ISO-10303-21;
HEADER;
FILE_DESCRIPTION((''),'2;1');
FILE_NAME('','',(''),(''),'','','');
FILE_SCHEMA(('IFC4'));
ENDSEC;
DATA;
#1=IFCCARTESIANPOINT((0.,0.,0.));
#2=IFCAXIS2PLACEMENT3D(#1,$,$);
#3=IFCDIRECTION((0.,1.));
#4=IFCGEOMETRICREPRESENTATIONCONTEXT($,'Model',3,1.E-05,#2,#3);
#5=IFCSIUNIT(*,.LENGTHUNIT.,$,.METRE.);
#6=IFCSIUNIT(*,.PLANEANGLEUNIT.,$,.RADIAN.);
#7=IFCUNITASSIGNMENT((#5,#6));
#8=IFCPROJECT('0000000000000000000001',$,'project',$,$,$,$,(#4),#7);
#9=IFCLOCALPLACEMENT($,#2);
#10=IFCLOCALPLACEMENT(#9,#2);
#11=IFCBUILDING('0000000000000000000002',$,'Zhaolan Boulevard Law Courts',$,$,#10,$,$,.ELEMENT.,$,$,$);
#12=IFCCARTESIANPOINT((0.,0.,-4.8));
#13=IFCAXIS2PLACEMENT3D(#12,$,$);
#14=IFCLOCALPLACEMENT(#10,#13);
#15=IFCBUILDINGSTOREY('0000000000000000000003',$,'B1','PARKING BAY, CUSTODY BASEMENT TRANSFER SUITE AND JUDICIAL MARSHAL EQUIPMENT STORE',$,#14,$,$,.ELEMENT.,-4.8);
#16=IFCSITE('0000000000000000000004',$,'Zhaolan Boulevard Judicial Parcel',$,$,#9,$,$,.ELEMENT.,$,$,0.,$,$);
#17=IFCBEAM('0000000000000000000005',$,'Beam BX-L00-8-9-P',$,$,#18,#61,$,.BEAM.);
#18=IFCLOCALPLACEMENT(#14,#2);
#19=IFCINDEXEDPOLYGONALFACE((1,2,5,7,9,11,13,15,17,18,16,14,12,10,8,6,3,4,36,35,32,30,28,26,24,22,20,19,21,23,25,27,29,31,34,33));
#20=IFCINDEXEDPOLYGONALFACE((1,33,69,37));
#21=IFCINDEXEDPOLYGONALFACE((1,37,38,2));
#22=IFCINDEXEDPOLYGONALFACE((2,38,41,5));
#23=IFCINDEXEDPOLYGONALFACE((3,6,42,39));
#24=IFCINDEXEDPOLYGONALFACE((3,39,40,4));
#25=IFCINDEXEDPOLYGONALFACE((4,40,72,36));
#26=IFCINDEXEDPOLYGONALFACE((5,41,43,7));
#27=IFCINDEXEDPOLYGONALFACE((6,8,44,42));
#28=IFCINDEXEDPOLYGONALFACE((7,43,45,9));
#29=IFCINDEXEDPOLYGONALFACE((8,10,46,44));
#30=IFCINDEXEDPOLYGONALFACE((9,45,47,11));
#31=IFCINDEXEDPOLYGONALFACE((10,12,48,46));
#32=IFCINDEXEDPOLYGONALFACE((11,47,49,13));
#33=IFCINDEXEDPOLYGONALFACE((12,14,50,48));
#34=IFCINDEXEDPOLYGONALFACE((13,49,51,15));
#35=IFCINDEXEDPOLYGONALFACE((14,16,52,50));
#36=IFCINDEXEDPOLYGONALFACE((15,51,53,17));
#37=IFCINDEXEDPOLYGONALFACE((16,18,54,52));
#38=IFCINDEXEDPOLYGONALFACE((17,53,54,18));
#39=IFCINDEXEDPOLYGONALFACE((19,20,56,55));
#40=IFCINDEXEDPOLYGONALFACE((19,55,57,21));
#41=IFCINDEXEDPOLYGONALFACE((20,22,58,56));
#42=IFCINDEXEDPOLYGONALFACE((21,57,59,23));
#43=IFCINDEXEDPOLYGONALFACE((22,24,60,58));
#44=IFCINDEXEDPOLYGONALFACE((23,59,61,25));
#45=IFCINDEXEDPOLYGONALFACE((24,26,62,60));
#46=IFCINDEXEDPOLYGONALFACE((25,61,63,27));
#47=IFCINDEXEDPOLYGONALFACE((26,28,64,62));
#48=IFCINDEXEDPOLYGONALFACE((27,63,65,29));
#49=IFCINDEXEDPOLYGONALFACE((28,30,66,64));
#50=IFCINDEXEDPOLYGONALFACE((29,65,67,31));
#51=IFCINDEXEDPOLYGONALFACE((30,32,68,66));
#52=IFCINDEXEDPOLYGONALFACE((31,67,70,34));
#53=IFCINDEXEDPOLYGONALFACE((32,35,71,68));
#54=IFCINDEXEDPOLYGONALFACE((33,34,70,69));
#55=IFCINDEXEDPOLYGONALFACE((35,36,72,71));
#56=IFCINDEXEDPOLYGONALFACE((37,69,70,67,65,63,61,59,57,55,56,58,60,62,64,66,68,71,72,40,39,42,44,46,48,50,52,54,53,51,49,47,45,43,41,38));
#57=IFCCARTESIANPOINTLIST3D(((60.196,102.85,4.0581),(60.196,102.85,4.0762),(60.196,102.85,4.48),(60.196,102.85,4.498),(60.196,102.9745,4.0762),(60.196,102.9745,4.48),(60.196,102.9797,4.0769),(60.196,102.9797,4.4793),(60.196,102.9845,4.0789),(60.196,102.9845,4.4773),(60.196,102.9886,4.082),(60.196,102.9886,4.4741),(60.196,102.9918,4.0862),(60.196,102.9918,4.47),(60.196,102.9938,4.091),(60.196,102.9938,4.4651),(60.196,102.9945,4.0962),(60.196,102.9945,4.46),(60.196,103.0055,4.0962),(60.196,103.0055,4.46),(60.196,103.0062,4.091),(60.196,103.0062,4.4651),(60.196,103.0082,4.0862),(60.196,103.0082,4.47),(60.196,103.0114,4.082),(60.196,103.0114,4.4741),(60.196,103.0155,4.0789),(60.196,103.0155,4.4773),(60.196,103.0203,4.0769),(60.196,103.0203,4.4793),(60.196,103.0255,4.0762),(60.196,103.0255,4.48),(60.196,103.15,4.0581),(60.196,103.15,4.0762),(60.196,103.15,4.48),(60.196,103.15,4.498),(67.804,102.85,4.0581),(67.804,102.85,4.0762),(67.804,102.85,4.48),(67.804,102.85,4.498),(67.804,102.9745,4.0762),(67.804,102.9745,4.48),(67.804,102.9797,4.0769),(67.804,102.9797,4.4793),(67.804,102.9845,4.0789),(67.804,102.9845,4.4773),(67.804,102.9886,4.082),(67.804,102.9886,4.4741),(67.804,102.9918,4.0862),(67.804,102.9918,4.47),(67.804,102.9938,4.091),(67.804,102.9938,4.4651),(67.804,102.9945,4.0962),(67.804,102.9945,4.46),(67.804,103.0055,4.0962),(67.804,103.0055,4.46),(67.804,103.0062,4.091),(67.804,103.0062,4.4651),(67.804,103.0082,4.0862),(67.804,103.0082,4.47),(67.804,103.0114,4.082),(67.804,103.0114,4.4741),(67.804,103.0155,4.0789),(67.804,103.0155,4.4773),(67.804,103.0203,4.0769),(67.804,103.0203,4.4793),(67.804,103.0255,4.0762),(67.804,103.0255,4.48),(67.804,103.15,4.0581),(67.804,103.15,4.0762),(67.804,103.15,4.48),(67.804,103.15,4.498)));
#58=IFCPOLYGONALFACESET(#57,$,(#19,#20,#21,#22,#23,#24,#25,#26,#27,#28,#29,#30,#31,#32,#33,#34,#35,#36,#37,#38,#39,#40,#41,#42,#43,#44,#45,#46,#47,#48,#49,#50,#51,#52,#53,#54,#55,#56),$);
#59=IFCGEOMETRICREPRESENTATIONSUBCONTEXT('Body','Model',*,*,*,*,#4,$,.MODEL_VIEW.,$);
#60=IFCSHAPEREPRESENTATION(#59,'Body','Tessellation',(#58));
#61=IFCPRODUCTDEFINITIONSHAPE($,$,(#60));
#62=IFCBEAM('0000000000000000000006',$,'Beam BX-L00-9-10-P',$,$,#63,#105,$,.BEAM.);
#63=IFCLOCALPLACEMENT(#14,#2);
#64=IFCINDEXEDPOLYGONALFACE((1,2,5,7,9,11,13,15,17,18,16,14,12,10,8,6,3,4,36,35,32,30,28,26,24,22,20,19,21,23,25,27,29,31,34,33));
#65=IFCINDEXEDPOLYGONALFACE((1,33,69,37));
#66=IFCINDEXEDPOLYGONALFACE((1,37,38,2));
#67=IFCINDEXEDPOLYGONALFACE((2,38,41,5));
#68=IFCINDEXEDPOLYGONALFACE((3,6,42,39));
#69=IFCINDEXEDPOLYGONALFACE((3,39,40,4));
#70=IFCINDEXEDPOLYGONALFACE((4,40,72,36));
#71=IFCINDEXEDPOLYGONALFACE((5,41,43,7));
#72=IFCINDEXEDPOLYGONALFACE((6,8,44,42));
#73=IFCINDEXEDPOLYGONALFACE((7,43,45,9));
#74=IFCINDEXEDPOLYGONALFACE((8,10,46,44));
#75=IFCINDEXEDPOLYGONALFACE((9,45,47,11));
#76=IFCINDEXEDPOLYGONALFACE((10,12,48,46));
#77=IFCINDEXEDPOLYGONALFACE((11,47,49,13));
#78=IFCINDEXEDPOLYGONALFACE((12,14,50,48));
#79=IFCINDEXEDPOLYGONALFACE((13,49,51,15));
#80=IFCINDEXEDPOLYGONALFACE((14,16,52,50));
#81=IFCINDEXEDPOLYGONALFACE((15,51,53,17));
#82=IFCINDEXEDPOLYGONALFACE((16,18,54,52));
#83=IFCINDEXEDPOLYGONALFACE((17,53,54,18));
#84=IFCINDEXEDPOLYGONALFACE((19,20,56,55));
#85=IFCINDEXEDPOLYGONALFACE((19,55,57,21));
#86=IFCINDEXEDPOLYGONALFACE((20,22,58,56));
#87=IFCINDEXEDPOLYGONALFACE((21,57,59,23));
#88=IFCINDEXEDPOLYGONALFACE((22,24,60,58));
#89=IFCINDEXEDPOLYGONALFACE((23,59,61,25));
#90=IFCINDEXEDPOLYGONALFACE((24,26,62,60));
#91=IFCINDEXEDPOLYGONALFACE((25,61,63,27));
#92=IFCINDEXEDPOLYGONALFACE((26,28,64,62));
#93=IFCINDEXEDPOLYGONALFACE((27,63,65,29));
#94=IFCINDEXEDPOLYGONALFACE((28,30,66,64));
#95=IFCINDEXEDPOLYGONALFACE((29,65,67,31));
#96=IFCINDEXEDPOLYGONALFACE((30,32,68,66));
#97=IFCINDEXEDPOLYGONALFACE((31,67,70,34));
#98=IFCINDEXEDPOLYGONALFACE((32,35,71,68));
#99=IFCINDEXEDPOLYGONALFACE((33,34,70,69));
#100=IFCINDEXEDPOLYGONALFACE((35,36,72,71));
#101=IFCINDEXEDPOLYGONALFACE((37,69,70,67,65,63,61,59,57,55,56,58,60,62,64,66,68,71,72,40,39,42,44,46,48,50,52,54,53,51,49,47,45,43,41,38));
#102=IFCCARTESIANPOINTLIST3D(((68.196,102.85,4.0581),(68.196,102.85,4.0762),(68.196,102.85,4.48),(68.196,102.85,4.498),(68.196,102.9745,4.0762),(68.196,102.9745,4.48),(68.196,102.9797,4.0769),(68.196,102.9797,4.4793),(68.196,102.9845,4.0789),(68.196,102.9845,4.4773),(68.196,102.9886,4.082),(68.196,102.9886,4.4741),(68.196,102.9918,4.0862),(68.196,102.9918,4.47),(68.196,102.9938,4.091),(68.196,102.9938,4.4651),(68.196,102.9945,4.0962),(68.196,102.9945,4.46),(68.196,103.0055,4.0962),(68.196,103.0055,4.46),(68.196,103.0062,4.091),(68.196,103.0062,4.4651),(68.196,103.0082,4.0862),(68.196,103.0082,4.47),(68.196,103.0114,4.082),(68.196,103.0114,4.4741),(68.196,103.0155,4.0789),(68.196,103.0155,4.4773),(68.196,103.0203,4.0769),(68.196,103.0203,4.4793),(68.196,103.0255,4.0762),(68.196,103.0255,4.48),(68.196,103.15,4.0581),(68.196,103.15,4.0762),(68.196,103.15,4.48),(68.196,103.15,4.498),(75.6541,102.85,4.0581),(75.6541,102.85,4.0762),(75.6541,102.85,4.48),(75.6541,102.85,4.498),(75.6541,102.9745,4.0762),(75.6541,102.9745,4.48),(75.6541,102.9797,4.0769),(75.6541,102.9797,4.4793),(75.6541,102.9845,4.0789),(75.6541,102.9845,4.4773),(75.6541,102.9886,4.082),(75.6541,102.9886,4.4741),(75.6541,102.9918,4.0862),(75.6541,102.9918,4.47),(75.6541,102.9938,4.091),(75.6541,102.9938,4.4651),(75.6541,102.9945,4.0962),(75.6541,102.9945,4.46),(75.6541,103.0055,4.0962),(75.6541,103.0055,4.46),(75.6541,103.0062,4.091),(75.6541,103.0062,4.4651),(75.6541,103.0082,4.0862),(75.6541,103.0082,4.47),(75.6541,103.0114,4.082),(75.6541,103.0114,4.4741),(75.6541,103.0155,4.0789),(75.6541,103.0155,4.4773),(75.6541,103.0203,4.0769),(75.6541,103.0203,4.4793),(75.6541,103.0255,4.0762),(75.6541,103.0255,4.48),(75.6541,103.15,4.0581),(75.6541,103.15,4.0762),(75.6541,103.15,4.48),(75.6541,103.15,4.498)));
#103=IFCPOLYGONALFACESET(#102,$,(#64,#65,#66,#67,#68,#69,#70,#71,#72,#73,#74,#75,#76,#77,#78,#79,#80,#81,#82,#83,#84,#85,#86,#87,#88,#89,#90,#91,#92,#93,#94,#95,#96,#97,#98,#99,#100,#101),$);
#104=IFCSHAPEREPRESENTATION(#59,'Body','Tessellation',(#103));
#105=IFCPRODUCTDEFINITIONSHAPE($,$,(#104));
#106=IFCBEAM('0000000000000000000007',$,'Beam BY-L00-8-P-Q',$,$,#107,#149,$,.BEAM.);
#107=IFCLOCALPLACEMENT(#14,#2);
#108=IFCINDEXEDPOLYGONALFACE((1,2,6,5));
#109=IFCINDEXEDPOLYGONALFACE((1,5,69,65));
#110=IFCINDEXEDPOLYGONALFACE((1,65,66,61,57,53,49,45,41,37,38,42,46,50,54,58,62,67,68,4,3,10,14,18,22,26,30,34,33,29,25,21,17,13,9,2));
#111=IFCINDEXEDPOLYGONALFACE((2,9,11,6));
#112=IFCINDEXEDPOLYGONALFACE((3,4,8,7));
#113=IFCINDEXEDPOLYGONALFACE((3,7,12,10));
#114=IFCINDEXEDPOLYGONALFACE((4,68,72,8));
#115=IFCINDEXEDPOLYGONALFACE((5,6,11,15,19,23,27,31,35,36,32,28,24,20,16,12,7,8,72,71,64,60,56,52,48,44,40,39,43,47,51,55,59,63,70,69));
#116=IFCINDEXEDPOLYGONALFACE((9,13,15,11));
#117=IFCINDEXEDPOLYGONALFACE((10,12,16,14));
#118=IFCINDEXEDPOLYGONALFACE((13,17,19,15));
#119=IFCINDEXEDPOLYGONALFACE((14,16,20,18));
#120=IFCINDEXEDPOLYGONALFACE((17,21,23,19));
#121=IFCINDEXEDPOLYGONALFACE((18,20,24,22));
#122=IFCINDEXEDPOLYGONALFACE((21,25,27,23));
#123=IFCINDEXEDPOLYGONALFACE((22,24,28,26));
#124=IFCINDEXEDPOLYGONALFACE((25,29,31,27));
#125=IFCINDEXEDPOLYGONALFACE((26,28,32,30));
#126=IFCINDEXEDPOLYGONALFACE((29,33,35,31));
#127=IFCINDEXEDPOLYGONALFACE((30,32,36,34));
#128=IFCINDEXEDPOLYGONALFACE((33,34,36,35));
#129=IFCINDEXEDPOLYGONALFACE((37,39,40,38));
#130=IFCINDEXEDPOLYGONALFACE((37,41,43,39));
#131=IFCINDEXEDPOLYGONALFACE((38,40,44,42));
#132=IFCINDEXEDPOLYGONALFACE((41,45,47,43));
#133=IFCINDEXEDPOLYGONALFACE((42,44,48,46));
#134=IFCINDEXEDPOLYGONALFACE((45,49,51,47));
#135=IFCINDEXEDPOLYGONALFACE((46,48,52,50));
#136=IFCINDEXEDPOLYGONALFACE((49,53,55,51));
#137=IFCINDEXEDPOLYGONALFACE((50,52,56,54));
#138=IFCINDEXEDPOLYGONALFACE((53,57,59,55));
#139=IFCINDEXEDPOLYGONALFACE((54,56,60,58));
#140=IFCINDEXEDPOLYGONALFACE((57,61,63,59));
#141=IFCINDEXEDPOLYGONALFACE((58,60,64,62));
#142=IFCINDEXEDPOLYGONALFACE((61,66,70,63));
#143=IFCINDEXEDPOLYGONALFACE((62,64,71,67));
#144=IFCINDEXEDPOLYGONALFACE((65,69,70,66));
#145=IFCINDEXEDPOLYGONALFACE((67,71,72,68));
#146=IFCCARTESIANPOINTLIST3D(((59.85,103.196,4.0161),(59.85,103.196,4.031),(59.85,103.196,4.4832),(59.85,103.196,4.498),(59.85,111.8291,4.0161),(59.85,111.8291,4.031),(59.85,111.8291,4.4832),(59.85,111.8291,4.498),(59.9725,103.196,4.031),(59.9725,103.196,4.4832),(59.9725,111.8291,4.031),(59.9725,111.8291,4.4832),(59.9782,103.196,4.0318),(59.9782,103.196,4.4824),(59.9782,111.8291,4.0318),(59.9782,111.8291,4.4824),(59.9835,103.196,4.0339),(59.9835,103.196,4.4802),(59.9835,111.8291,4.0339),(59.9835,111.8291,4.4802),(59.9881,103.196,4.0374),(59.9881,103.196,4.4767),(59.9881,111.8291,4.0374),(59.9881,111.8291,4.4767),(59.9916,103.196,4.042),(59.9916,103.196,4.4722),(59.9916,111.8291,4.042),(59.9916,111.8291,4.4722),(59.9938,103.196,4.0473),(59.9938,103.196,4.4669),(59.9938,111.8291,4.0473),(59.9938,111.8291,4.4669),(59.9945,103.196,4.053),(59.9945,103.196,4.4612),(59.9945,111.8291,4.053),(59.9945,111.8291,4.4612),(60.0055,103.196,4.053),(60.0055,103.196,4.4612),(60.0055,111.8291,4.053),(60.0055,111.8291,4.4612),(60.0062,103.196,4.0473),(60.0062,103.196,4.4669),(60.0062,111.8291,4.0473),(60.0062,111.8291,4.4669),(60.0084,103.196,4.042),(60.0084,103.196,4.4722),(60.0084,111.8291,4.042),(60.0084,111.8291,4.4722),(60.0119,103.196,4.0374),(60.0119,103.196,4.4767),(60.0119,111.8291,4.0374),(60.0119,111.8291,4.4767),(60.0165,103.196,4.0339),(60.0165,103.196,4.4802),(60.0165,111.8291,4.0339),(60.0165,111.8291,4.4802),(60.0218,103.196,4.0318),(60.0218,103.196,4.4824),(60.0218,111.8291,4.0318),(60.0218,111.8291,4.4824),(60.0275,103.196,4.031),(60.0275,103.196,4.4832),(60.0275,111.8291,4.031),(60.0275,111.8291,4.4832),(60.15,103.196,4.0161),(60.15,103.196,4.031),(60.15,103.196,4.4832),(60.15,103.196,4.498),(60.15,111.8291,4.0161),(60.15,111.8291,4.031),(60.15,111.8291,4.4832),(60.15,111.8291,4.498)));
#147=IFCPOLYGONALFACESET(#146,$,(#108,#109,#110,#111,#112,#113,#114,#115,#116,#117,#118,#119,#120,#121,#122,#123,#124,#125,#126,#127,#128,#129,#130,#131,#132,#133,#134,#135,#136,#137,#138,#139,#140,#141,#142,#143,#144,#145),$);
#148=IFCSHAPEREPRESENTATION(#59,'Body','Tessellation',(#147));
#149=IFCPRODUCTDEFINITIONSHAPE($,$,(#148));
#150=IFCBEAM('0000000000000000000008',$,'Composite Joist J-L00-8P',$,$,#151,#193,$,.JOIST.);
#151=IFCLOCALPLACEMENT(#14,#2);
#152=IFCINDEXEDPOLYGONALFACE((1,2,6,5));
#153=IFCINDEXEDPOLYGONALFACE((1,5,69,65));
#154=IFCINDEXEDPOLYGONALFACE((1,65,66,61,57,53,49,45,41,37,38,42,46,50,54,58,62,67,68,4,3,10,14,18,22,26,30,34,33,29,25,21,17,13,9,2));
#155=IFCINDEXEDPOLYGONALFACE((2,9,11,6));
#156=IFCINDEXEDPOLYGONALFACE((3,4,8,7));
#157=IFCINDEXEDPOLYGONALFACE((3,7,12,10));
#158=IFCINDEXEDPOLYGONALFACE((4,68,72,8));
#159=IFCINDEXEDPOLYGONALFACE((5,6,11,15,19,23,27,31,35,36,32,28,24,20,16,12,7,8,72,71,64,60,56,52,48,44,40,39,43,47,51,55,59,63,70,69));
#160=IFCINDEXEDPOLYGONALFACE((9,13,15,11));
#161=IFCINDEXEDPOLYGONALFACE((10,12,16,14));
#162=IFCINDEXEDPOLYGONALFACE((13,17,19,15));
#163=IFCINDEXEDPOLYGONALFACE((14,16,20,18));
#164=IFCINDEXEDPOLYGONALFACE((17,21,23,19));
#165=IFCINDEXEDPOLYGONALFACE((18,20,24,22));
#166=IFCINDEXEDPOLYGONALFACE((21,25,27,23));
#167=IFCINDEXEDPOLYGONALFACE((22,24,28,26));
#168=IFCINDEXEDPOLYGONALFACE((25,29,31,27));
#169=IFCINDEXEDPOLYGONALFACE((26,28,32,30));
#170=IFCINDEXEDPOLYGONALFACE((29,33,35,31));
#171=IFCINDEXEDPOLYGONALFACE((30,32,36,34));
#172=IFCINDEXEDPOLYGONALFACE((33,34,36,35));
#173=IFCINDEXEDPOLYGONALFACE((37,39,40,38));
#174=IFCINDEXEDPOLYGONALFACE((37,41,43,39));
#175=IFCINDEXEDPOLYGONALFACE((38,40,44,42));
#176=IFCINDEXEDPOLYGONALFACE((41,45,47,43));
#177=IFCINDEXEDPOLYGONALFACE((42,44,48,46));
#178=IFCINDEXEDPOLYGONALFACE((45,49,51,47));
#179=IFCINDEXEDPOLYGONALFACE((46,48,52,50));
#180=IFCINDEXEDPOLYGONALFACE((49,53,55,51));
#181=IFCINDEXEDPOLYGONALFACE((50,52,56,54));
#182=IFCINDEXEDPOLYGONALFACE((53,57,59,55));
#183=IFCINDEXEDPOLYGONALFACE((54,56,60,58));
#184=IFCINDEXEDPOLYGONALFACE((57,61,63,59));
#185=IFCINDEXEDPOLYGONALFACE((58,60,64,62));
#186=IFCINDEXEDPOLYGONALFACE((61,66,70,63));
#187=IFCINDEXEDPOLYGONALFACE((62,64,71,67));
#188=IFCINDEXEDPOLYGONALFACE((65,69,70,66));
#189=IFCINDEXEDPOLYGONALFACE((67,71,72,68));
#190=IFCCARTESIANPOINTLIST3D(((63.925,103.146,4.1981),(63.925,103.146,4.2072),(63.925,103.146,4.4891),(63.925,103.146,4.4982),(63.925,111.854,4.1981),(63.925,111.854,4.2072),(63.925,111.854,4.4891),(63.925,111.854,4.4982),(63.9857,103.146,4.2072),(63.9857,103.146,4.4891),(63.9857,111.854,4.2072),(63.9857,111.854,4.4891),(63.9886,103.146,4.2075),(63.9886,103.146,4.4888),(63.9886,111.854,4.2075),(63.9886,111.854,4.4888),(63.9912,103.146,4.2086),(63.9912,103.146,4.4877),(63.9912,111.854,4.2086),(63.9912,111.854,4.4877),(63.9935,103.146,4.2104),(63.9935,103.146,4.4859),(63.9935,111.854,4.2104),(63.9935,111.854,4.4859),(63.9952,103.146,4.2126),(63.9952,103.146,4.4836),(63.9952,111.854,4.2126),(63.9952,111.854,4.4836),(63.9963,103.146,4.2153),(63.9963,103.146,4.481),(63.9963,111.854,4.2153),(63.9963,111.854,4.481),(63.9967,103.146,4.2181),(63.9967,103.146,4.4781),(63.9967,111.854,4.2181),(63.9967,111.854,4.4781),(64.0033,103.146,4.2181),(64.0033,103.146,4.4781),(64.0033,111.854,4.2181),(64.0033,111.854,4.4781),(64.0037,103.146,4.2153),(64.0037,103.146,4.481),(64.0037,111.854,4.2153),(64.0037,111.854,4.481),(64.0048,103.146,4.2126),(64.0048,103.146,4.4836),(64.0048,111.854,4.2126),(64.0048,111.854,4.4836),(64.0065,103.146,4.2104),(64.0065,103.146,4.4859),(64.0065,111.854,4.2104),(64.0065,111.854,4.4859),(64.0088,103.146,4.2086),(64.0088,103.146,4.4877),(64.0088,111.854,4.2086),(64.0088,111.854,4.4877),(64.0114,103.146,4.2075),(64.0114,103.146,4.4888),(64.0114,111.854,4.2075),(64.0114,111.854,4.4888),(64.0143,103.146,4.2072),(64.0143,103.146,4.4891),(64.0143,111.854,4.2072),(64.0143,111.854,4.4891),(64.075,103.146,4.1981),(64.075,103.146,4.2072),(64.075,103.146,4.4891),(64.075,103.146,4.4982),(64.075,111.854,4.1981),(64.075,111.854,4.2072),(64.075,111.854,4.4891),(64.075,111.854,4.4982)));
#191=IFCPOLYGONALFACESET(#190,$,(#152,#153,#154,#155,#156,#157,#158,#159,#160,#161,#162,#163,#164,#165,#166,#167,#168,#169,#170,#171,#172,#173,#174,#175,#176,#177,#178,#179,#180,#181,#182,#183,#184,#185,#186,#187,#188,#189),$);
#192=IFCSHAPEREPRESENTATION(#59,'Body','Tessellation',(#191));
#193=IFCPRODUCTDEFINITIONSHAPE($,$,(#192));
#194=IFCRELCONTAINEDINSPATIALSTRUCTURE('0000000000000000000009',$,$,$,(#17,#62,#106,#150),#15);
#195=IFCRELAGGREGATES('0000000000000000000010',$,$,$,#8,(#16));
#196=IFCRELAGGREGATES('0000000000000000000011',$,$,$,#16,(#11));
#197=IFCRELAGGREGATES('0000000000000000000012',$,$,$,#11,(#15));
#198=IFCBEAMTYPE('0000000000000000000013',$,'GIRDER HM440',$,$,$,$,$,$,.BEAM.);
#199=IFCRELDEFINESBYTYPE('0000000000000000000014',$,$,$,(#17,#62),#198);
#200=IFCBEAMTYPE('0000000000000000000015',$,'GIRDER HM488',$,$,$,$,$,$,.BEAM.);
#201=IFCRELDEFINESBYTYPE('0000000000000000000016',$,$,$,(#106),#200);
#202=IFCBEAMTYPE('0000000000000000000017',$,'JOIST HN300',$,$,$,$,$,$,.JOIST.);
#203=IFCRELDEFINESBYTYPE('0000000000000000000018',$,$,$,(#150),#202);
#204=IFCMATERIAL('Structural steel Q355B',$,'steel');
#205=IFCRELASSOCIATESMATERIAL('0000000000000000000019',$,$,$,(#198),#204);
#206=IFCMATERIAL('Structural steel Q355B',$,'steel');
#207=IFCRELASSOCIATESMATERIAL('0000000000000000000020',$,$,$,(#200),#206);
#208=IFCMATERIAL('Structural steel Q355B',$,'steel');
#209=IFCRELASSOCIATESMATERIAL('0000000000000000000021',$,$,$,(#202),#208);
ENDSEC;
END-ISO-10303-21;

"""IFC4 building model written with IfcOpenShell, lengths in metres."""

from ifc_helpers import new_model, si_unit, direction, frame, origin, origin_2d, place, context, subcontext, project, spatial, i_section, extrude, material, material_profile, profile_set, type_object, element, save


model = new_model("IFC4")

# Units and contexts
model_context = context("Model", 3, precision=1e-05, world=origin(), true_north=direction((0.0, 1.0)))
body_context = subcontext(model_context, "Body", "Model", "MODEL_VIEW")
ifc_project = project(units=[si_unit("LENGTHUNIT", "METRE"), si_unit("PLANEANGLEUNIT", "RADIAN")], contexts=[model_context])

# Site, building, storey
site_placement = place(None, origin())
site = spatial("IfcSite", under=ifc_project, at=site_placement, Name="Zhaolan Boulevard Judicial Parcel", CompositionType="ELEMENT", RefElevation=0.0)
building_placement = place(site_placement, origin())
building = spatial("IfcBuilding", under=site, at=building_placement, Name="Zhaolan Boulevard Law Courts", CompositionType="ELEMENT")
storey_placement = place(building_placement, frame((0.0, 0.0, -4.8)))
storey = spatial("IfcBuildingStorey", under=building, at=storey_placement, Name="B1", Description="PARKING BAY, CUSTODY BASEMENT TRANSFER SUITE AND JUDICIAL MARSHAL EQUIPMENT STORE", CompositionType="ELEMENT", Elevation=-4.8)

# Beams
ifc_material_1 = material(Name="Structural steel Q355B", Category="steel")
ifc_material_profile_1 = material_profile(ifc_material_1, i_section(OverallWidth=0.3, OverallDepth=0.4399, WebThickness=0.011, FlangeThickness=0.0181, FilletRadius=0.02, at=origin_2d()), Name="HM440x300")
ifc_profile_set_1 = profile_set([ifc_material_profile_1], Name="Structural steel Q355B")
beam_type_1 = type_object("IfcBeamType", Name="GIRDER HM440", PredefinedType="BEAM", material=ifc_profile_set_1)
beam_1_placement = place(storey_placement, frame((60.196, 103.0, 4.2781), z_axis=(1.0, 0.0, 0.0), x_axis=(0.0, 1.0, 0.0)))
element("IfcBeam", 1, at=beam_1_placement, inside=storey, type_object=beam_type_1, Name="Beam BX-L00-8-9-P", PredefinedType="BEAM", context=body_context, shape_type="SweptSolid", body=[
    extrude(i_section(OverallWidth=0.3, OverallDepth=0.4399, WebThickness=0.011, FlangeThickness=0.0181, FilletRadius=0.02, at=origin_2d()), origin(), (0.0, 0.0, 1.0), 7.6079),
])
beam_2_placement = place(storey_placement, frame((68.196, 103.0, 4.2781), z_axis=(1.0, 0.0, 0.0), x_axis=(0.0, 1.0, 0.0)))
element("IfcBeam", 2, at=beam_2_placement, inside=storey, type_object=beam_type_1, Name="Beam BX-L00-9-10-P", PredefinedType="BEAM", context=body_context, shape_type="SweptSolid", body=[
    extrude(i_section(OverallWidth=0.3, OverallDepth=0.4399, WebThickness=0.011, FlangeThickness=0.0181, FilletRadius=0.02, at=origin_2d()), origin(), (0.0, 0.0, 1.0), 7.458),
])
ifc_material_2 = material(Name="Structural steel Q355B", Category="steel")
ifc_material_profile_2 = material_profile(ifc_material_2, i_section(OverallWidth=0.3, OverallDepth=0.4819, WebThickness=0.011, FlangeThickness=0.0149, FilletRadius=0.022, at=origin_2d()), Name="HM482x300")
ifc_profile_set_2 = profile_set([ifc_material_profile_2], Name="Structural steel Q355B")
beam_type_2 = type_object("IfcBeamType", Name="GIRDER HM488", PredefinedType="BEAM", material=ifc_profile_set_2)
beam_3_placement = place(storey_placement, frame((60.0, 103.196, 4.2571), z_axis=(0.0, 1.0, 0.0), x_axis=(-1.0, 0.0, 0.0)))
element("IfcBeam", 3, at=beam_3_placement, inside=storey, type_object=beam_type_2, Name="Beam BY-L00-8-P-Q", PredefinedType="BEAM", context=body_context, shape_type="SweptSolid", body=[
    extrude(i_section(OverallWidth=0.3, OverallDepth=0.4819, WebThickness=0.011, FlangeThickness=0.0149, FilletRadius=0.022, at=origin_2d()), origin(), (0.0, 0.0, 1.0), 8.6331),
])
ifc_material_3 = material(Name="Structural steel Q355B", Category="steel")
ifc_material_profile_3 = material_profile(ifc_material_3, i_section(OverallWidth=0.1499, OverallDepth=0.3, WebThickness=0.0066, FlangeThickness=0.009, FilletRadius=0.011, at=origin_2d()), Name="HN300x150")
ifc_profile_set_3 = profile_set([ifc_material_profile_3], Name="Structural steel Q355B")
beam_type_3 = type_object("IfcBeamType", Name="JOIST HN300", PredefinedType="JOIST", material=ifc_profile_set_3)
beam_4_placement = place(storey_placement, frame((64.0, 103.146, 4.3481), z_axis=(0.0, 1.0, 0.0), x_axis=(-1.0, 0.0, 0.0)))
element("IfcBeam", 4, at=beam_4_placement, inside=storey, type_object=beam_type_3, Name="Composite Joist J-L00-8P", PredefinedType="JOIST", context=body_context, shape_type="SweptSolid", body=[
    extrude(i_section(OverallWidth=0.1499, OverallDepth=0.3, WebThickness=0.0066, FlangeThickness=0.009, FilletRadius=0.011, at=origin_2d()), origin(), (0.0, 0.0, 1.0), 8.708),
])

save(model, "model.ifc")
